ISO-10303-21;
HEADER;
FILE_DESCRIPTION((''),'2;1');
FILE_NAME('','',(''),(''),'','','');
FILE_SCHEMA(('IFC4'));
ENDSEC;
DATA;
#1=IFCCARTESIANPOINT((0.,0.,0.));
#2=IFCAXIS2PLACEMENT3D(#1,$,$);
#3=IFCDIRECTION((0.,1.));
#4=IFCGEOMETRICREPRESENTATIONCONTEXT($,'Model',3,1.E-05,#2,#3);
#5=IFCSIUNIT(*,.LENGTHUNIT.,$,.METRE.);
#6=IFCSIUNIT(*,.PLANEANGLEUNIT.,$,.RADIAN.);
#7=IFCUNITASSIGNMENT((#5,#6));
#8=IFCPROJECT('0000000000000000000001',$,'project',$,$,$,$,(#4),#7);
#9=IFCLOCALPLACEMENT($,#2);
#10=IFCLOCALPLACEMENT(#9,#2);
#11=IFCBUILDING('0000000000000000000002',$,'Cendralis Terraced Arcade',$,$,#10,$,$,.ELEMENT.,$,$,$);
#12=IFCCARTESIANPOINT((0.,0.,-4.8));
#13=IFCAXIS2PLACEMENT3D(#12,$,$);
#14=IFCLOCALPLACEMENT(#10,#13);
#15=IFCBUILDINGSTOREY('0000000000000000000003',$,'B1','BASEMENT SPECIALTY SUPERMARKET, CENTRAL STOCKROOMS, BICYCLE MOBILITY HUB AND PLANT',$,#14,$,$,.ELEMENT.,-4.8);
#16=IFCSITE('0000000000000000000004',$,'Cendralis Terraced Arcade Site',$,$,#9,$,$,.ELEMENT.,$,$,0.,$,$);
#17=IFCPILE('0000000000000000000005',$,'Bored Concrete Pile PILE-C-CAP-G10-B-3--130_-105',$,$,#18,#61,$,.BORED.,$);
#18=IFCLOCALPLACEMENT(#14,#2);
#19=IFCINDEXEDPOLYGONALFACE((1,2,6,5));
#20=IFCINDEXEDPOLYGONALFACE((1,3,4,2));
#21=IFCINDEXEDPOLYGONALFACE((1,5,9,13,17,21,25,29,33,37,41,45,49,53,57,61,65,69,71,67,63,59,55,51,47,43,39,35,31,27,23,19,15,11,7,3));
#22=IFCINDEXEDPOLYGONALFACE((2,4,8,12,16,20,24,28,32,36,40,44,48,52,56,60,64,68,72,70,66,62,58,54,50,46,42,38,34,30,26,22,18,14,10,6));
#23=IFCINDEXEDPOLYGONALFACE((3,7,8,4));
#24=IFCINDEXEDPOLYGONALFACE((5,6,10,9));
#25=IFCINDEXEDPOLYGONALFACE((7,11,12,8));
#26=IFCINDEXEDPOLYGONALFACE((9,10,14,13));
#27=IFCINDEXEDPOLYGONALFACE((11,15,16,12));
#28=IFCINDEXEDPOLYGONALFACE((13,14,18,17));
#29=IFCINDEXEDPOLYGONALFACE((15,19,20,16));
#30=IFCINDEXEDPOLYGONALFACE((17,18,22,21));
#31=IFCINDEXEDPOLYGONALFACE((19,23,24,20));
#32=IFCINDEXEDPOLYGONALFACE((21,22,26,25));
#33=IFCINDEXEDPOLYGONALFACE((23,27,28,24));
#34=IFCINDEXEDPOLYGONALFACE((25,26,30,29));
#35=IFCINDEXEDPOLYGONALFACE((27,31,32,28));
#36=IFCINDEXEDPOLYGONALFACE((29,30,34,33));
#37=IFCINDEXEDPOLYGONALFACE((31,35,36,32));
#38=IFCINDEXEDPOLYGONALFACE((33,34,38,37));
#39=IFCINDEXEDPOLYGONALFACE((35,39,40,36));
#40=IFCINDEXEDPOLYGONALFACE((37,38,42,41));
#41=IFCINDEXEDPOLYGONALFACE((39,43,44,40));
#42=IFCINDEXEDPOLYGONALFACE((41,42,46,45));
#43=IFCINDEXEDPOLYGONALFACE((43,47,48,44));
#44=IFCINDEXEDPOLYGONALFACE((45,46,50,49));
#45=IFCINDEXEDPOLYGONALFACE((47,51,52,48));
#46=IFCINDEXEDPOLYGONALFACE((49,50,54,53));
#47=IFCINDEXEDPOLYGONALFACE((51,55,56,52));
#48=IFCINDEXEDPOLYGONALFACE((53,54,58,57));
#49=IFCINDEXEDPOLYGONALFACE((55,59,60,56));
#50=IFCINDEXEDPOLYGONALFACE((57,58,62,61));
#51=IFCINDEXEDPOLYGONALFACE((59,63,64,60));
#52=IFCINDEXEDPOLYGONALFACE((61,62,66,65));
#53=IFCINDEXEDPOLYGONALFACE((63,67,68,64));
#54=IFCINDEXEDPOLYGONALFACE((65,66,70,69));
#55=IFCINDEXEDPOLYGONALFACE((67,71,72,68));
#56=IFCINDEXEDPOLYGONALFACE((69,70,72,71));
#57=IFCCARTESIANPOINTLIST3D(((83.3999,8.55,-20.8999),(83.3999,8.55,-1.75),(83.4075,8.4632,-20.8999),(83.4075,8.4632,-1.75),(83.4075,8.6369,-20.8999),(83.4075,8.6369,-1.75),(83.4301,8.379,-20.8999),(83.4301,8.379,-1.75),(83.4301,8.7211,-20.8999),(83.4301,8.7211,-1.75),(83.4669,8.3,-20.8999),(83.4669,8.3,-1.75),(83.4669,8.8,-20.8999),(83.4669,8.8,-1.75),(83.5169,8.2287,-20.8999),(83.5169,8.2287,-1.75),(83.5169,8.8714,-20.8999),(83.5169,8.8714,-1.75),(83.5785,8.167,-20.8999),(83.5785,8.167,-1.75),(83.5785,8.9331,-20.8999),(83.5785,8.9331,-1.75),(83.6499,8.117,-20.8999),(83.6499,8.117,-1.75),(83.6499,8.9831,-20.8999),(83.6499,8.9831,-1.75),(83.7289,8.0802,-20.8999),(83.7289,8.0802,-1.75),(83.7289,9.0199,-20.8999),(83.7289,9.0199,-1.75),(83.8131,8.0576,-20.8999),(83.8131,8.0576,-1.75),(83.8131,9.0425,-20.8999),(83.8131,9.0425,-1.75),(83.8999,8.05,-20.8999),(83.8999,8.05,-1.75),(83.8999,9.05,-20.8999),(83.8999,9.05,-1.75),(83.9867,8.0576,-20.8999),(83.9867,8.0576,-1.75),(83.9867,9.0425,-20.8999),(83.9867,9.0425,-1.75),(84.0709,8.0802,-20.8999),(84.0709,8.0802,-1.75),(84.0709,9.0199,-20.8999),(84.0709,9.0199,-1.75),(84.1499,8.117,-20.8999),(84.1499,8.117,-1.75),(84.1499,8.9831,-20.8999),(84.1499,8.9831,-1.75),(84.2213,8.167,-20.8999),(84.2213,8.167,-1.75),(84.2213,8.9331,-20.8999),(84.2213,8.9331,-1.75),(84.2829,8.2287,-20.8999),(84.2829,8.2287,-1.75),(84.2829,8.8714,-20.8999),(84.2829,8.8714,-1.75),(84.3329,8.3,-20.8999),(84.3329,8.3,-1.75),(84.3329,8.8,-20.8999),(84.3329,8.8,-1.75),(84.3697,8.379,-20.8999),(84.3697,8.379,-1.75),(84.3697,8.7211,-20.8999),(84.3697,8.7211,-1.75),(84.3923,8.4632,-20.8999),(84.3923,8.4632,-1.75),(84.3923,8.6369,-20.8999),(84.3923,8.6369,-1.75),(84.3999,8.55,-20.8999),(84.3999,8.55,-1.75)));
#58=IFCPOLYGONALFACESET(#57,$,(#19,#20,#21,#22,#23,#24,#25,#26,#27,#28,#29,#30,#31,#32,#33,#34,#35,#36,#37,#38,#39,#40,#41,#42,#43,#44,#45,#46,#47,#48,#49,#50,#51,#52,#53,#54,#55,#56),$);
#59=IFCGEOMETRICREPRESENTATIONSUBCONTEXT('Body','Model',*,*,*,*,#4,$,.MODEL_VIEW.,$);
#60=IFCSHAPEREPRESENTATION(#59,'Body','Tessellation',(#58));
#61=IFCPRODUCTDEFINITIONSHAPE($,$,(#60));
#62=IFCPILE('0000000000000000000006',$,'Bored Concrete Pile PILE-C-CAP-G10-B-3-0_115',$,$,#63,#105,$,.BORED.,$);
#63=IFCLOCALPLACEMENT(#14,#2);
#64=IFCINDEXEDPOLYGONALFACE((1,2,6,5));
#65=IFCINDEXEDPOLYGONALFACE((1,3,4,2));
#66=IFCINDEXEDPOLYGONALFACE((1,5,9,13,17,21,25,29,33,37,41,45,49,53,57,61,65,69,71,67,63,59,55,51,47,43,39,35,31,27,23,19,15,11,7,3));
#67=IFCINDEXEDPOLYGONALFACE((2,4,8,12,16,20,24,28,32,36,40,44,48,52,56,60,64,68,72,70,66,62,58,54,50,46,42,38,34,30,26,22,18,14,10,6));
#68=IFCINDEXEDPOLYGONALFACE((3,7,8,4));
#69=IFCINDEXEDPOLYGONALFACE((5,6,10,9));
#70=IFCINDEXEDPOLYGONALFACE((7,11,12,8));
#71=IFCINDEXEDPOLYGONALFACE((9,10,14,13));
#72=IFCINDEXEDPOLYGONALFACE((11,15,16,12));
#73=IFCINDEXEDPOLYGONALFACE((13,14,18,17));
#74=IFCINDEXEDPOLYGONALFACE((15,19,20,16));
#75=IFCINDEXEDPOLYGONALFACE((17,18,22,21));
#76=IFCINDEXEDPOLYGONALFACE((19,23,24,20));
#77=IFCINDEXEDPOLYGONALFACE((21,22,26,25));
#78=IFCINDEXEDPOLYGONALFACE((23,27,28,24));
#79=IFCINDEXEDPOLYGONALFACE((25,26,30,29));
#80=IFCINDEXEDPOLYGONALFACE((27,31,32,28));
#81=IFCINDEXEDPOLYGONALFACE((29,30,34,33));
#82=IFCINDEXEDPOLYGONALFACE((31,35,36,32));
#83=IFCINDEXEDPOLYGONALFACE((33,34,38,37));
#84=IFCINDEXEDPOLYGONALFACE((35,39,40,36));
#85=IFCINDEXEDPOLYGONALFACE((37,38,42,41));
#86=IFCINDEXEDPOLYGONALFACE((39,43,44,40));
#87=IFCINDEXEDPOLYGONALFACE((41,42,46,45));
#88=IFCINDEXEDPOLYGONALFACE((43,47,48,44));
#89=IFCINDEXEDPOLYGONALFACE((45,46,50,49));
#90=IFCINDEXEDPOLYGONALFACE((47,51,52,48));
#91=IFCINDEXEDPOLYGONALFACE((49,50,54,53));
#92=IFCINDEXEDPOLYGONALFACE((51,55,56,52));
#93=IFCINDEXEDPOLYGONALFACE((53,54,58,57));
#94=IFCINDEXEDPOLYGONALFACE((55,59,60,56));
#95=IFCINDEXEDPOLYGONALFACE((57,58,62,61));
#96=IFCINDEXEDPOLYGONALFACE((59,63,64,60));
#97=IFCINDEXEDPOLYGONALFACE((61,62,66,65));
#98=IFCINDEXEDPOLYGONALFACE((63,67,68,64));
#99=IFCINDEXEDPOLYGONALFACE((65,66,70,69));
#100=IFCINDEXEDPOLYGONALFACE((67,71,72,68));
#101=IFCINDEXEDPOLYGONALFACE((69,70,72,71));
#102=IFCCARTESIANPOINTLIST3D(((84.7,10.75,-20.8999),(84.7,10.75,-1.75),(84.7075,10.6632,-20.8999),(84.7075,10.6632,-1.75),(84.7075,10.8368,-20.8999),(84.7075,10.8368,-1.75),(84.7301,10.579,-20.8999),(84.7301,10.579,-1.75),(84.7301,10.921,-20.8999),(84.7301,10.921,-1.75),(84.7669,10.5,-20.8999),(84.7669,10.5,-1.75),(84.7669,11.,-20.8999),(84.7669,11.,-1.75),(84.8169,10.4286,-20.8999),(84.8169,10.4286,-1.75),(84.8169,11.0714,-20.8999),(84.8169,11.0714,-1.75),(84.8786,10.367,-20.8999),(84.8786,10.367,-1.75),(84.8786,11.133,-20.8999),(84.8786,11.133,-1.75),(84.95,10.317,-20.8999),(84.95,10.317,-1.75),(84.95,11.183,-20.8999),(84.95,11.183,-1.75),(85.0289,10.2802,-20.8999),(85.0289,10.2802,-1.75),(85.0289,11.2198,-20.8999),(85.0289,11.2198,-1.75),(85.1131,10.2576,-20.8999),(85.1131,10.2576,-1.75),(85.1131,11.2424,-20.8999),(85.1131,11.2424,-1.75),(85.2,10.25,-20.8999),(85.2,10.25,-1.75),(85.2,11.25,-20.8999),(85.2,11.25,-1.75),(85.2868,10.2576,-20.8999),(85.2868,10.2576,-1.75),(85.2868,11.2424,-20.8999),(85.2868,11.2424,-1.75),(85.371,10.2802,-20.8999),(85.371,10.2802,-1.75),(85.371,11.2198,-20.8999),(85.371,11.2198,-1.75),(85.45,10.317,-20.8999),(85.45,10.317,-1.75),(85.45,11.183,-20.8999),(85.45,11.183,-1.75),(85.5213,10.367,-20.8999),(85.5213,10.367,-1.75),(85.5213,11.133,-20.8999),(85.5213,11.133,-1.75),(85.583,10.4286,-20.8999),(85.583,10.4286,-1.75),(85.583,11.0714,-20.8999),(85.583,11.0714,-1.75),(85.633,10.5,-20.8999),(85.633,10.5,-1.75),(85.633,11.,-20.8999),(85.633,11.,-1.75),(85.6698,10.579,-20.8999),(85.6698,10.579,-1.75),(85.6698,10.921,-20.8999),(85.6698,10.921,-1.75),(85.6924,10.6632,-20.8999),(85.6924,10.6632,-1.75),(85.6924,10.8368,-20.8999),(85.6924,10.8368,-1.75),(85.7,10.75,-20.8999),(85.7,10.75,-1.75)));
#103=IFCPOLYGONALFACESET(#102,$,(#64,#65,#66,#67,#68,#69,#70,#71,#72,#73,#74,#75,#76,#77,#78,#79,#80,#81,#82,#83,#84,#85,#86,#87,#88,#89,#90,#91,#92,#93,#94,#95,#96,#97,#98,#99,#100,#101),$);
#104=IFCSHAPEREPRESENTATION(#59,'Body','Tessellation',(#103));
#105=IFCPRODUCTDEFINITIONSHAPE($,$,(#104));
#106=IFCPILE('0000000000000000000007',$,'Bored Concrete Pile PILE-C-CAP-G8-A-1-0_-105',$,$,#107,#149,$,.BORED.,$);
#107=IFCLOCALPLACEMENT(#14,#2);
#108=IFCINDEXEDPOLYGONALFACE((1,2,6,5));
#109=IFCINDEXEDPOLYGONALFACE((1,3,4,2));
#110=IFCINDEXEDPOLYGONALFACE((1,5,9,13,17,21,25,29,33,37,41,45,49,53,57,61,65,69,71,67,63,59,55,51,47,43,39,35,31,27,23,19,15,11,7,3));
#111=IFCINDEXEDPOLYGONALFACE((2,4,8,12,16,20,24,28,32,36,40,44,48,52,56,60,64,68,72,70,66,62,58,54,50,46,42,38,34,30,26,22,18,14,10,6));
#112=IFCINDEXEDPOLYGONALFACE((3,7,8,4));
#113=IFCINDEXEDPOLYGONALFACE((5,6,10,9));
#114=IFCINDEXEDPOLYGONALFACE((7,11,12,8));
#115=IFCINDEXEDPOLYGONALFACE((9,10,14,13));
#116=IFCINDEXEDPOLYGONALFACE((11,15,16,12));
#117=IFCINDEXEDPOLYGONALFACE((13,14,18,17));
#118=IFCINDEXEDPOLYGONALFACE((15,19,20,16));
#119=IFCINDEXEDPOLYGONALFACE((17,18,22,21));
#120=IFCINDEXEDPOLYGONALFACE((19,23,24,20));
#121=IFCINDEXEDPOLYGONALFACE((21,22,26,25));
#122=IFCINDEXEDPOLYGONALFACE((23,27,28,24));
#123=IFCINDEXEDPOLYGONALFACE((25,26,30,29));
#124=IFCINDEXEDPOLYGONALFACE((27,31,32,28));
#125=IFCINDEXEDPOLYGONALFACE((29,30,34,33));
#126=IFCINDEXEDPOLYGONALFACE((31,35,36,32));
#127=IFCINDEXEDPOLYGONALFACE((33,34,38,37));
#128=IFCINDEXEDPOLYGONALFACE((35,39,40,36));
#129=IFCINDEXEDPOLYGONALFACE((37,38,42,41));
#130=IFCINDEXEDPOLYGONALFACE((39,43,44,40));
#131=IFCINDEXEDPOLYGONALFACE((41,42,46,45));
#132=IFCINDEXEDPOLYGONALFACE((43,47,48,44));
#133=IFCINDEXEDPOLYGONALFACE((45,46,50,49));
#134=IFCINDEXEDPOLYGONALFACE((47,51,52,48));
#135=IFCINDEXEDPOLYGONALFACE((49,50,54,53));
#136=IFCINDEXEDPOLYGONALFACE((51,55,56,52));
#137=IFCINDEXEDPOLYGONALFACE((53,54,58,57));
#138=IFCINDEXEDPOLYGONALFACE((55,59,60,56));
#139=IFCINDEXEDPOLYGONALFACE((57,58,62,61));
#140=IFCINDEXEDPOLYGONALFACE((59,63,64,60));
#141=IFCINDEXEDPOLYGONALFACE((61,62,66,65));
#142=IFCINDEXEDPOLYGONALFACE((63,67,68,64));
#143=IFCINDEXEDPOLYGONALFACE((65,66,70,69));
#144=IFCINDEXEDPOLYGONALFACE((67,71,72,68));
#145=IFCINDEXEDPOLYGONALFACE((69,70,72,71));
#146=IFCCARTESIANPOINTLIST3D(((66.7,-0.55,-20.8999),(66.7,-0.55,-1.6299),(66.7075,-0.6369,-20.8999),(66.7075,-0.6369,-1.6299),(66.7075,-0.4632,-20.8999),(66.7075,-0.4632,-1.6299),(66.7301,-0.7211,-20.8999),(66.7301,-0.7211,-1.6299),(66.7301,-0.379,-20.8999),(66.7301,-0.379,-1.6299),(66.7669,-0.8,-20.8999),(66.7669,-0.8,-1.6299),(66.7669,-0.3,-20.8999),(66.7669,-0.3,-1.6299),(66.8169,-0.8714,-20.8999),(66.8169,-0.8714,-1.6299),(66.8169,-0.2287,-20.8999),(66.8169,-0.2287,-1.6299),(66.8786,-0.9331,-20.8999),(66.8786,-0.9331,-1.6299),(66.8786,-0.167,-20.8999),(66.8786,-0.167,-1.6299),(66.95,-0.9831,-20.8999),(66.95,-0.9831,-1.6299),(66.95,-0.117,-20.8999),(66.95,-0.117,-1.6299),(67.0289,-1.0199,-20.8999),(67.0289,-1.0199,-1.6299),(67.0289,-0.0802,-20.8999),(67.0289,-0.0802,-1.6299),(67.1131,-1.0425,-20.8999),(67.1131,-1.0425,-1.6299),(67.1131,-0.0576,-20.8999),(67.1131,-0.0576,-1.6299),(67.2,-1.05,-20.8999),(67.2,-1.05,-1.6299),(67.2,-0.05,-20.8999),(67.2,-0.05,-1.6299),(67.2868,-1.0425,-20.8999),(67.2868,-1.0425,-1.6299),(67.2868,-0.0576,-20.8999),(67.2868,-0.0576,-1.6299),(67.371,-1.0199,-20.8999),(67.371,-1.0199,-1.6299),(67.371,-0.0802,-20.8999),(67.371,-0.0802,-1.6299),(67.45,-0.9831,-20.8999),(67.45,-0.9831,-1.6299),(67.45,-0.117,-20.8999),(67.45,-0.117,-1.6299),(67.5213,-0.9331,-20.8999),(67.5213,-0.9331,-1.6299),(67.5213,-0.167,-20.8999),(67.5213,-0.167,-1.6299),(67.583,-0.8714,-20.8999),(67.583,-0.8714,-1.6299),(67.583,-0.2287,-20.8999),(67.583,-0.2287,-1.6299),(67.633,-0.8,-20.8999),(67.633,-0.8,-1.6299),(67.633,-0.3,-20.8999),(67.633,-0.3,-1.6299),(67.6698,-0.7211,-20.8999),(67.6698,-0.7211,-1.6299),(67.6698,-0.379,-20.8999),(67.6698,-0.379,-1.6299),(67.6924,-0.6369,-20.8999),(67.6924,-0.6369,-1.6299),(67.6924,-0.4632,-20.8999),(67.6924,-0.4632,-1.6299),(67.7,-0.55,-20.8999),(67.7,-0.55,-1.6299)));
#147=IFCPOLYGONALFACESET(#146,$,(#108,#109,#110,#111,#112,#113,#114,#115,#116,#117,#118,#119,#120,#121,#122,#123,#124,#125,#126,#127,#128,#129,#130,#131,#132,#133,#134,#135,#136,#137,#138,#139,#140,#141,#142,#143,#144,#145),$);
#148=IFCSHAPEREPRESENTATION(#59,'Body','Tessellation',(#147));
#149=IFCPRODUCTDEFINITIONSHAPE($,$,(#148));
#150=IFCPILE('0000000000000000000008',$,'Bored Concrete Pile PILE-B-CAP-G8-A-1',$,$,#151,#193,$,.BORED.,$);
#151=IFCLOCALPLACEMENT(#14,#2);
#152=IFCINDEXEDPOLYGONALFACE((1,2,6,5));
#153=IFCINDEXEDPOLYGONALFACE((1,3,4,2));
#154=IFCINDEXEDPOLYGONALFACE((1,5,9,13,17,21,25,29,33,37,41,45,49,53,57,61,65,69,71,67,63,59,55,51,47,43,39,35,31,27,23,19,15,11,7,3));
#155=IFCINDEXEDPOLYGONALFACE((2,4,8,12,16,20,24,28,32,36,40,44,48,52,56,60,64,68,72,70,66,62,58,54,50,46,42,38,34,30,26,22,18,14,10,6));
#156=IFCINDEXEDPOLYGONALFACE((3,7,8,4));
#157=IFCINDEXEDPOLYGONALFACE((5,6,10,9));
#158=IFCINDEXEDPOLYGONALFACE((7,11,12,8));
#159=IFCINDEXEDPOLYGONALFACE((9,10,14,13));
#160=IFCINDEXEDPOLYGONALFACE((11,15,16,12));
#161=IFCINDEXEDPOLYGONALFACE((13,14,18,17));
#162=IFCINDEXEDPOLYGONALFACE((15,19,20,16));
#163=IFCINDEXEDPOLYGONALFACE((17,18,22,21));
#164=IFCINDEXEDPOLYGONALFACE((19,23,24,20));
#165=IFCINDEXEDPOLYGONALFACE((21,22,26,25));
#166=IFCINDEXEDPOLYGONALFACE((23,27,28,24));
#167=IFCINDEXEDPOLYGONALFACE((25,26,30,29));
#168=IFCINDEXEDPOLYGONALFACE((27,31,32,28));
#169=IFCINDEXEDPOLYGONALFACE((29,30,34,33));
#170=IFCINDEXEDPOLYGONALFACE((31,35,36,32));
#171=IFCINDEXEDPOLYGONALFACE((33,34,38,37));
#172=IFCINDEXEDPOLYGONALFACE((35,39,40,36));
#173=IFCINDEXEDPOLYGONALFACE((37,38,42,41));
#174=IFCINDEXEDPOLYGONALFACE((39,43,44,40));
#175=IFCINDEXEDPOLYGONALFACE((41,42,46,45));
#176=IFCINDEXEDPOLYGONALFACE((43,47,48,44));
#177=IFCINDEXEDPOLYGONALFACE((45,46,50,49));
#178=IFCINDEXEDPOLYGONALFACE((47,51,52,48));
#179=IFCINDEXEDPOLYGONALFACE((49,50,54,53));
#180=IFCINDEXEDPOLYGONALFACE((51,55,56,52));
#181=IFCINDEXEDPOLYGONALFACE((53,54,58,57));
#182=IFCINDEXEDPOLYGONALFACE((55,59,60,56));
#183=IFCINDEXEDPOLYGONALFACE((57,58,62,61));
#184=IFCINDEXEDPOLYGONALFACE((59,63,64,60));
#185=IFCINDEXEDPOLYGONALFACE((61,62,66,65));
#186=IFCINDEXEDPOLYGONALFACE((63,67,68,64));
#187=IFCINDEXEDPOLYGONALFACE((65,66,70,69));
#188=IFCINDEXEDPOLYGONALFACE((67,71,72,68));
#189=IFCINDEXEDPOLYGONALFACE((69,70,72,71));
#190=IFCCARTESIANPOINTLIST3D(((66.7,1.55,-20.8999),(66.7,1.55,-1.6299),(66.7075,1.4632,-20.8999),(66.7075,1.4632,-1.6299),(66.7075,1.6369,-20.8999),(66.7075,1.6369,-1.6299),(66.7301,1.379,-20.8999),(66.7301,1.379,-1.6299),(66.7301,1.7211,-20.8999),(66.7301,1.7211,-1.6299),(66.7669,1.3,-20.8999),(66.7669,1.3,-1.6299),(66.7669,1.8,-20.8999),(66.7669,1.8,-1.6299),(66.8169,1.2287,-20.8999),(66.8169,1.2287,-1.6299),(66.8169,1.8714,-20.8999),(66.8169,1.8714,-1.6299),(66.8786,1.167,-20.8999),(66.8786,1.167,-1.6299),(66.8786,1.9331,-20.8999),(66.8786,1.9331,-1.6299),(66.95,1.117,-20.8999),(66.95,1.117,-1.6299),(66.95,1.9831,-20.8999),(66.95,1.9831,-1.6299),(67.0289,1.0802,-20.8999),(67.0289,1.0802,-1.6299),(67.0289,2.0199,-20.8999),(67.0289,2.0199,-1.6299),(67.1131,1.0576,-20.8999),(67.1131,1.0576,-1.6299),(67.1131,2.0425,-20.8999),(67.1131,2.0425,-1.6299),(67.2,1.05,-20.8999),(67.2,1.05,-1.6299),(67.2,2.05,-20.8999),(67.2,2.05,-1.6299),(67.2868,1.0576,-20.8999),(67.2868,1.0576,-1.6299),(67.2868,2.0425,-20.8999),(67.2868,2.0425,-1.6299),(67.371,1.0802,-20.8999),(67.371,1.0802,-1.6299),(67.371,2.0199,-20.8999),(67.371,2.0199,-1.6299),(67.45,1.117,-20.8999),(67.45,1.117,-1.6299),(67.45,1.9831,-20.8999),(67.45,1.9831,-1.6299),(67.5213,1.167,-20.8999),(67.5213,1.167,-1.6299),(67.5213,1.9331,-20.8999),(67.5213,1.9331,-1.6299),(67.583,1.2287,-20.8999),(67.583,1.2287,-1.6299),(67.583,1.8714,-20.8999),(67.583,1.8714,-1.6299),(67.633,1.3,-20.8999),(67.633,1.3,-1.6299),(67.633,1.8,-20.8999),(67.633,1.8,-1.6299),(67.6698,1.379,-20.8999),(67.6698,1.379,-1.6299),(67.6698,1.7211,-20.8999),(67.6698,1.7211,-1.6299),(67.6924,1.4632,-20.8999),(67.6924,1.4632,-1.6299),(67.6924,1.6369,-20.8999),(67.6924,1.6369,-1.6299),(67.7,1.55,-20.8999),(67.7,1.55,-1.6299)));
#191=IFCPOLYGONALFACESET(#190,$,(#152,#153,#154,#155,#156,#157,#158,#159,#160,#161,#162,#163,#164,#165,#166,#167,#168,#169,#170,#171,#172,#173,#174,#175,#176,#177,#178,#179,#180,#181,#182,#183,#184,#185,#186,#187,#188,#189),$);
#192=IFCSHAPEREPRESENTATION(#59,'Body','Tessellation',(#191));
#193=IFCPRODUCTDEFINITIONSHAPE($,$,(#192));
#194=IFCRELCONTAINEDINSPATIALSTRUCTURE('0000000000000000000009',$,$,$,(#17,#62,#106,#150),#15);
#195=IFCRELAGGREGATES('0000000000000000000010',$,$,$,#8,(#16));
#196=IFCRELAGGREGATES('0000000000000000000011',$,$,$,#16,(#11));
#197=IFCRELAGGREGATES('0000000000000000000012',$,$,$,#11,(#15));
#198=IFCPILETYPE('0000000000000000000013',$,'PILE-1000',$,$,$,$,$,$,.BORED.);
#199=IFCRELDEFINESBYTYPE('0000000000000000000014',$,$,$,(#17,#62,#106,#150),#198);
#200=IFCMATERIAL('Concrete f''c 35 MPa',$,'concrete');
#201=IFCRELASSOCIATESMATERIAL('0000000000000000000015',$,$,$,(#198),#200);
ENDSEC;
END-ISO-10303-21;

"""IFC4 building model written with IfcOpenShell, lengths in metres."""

from ifc_helpers import new_model, si_unit, direction, frame, origin, origin_2d, place, context, subcontext, project, spatial, circle, extrude, material, material_profile, profile_set, type_object, element, save


model = new_model("IFC4")

# Units and contexts
model_context = context("Model", 3, precision=1e-05, world=origin(), true_north=direction((0.0, 1.0)))
body_context = subcontext(model_context, "Body", "Model", "MODEL_VIEW")
ifc_project = project(units=[si_unit("LENGTHUNIT", "METRE"), si_unit("PLANEANGLEUNIT", "RADIAN")], contexts=[model_context])

# Site, building, storey
site_placement = place(None, origin())
site = spatial("IfcSite", under=ifc_project, at=site_placement, Name="Cendralis Terraced Arcade Site", CompositionType="ELEMENT", RefElevation=0.0)
building_placement = place(site_placement, origin())
building = spatial("IfcBuilding", under=site, at=building_placement, Name="Cendralis Terraced Arcade", CompositionType="ELEMENT")
storey_placement = place(building_placement, frame((0.0, 0.0, -4.8)))
storey = spatial("IfcBuildingStorey", under=building, at=storey_placement, Name="B1", Description="BASEMENT SPECIALTY SUPERMARKET, CENTRAL STOCKROOMS, BICYCLE MOBILITY HUB AND PLANT", CompositionType="ELEMENT", Elevation=-4.8)

# Shared definitions
ifc_material_1 = material(Name="Concrete f'c 35 MPa", Category="concrete")

# Piles
ifc_material_profile_1 = material_profile(ifc_material_1, circle(Radius=0.5, at=origin_2d()), Name="PILE-D1000", Category="LoadBearing")
ifc_profile_set_1 = profile_set([ifc_material_profile_1], Name="Concrete f'c 35 MPa")
pile_type_1 = type_object("IfcPileType", Name="PILE-1000", PredefinedType="BORED", material=ifc_profile_set_1)
for number, where, z_axis, x_axis, name in (
    (1, (83.8999, 8.55, -1.75), (0.0, 0.0, -1.0), (1.0, 0.0, 0.0), "Bored Concrete Pile PILE-C-CAP-G10-B-3--130_-105"),
    (2, (85.2, 10.75, -1.75), (0.0, 0.0, -1.0), (1.0, 0.0, 0.0), "Bored Concrete Pile PILE-C-CAP-G10-B-3-0_115"),
):
    element("IfcPile", number, at=place(storey_placement, frame(where, z_axis=z_axis, x_axis=x_axis)), inside=storey, type_object=pile_type_1, Name=name, PredefinedType="BORED", context=body_context, shape_type="SweptSolid", body=[
        extrude(circle(Radius=0.5, at=origin_2d()), origin(), (0.0, 0.0, 1.0), 19.1499),
    ])
for number, where, z_axis, x_axis, name in (
    (3, (67.2, -0.55, -1.6299), (0.0, 0.0, -1.0), (1.0, 0.0, 0.0), "Bored Concrete Pile PILE-C-CAP-G8-A-1-0_-105"),
    (4, (67.2, 1.55, -1.6299), (0.0, 0.0, -1.0), (1.0, 0.0, 0.0), "Bored Concrete Pile PILE-B-CAP-G8-A-1"),
):
    element("IfcPile", number, at=place(storey_placement, frame(where, z_axis=z_axis, x_axis=x_axis)), inside=storey, type_object=pile_type_1, Name=name, PredefinedType="BORED", context=body_context, shape_type="SweptSolid", body=[
        extrude(circle(Radius=0.5, at=origin_2d()), origin(), (0.0, 0.0, 1.0), 19.27),
    ])

save(model, "model.ifc")
